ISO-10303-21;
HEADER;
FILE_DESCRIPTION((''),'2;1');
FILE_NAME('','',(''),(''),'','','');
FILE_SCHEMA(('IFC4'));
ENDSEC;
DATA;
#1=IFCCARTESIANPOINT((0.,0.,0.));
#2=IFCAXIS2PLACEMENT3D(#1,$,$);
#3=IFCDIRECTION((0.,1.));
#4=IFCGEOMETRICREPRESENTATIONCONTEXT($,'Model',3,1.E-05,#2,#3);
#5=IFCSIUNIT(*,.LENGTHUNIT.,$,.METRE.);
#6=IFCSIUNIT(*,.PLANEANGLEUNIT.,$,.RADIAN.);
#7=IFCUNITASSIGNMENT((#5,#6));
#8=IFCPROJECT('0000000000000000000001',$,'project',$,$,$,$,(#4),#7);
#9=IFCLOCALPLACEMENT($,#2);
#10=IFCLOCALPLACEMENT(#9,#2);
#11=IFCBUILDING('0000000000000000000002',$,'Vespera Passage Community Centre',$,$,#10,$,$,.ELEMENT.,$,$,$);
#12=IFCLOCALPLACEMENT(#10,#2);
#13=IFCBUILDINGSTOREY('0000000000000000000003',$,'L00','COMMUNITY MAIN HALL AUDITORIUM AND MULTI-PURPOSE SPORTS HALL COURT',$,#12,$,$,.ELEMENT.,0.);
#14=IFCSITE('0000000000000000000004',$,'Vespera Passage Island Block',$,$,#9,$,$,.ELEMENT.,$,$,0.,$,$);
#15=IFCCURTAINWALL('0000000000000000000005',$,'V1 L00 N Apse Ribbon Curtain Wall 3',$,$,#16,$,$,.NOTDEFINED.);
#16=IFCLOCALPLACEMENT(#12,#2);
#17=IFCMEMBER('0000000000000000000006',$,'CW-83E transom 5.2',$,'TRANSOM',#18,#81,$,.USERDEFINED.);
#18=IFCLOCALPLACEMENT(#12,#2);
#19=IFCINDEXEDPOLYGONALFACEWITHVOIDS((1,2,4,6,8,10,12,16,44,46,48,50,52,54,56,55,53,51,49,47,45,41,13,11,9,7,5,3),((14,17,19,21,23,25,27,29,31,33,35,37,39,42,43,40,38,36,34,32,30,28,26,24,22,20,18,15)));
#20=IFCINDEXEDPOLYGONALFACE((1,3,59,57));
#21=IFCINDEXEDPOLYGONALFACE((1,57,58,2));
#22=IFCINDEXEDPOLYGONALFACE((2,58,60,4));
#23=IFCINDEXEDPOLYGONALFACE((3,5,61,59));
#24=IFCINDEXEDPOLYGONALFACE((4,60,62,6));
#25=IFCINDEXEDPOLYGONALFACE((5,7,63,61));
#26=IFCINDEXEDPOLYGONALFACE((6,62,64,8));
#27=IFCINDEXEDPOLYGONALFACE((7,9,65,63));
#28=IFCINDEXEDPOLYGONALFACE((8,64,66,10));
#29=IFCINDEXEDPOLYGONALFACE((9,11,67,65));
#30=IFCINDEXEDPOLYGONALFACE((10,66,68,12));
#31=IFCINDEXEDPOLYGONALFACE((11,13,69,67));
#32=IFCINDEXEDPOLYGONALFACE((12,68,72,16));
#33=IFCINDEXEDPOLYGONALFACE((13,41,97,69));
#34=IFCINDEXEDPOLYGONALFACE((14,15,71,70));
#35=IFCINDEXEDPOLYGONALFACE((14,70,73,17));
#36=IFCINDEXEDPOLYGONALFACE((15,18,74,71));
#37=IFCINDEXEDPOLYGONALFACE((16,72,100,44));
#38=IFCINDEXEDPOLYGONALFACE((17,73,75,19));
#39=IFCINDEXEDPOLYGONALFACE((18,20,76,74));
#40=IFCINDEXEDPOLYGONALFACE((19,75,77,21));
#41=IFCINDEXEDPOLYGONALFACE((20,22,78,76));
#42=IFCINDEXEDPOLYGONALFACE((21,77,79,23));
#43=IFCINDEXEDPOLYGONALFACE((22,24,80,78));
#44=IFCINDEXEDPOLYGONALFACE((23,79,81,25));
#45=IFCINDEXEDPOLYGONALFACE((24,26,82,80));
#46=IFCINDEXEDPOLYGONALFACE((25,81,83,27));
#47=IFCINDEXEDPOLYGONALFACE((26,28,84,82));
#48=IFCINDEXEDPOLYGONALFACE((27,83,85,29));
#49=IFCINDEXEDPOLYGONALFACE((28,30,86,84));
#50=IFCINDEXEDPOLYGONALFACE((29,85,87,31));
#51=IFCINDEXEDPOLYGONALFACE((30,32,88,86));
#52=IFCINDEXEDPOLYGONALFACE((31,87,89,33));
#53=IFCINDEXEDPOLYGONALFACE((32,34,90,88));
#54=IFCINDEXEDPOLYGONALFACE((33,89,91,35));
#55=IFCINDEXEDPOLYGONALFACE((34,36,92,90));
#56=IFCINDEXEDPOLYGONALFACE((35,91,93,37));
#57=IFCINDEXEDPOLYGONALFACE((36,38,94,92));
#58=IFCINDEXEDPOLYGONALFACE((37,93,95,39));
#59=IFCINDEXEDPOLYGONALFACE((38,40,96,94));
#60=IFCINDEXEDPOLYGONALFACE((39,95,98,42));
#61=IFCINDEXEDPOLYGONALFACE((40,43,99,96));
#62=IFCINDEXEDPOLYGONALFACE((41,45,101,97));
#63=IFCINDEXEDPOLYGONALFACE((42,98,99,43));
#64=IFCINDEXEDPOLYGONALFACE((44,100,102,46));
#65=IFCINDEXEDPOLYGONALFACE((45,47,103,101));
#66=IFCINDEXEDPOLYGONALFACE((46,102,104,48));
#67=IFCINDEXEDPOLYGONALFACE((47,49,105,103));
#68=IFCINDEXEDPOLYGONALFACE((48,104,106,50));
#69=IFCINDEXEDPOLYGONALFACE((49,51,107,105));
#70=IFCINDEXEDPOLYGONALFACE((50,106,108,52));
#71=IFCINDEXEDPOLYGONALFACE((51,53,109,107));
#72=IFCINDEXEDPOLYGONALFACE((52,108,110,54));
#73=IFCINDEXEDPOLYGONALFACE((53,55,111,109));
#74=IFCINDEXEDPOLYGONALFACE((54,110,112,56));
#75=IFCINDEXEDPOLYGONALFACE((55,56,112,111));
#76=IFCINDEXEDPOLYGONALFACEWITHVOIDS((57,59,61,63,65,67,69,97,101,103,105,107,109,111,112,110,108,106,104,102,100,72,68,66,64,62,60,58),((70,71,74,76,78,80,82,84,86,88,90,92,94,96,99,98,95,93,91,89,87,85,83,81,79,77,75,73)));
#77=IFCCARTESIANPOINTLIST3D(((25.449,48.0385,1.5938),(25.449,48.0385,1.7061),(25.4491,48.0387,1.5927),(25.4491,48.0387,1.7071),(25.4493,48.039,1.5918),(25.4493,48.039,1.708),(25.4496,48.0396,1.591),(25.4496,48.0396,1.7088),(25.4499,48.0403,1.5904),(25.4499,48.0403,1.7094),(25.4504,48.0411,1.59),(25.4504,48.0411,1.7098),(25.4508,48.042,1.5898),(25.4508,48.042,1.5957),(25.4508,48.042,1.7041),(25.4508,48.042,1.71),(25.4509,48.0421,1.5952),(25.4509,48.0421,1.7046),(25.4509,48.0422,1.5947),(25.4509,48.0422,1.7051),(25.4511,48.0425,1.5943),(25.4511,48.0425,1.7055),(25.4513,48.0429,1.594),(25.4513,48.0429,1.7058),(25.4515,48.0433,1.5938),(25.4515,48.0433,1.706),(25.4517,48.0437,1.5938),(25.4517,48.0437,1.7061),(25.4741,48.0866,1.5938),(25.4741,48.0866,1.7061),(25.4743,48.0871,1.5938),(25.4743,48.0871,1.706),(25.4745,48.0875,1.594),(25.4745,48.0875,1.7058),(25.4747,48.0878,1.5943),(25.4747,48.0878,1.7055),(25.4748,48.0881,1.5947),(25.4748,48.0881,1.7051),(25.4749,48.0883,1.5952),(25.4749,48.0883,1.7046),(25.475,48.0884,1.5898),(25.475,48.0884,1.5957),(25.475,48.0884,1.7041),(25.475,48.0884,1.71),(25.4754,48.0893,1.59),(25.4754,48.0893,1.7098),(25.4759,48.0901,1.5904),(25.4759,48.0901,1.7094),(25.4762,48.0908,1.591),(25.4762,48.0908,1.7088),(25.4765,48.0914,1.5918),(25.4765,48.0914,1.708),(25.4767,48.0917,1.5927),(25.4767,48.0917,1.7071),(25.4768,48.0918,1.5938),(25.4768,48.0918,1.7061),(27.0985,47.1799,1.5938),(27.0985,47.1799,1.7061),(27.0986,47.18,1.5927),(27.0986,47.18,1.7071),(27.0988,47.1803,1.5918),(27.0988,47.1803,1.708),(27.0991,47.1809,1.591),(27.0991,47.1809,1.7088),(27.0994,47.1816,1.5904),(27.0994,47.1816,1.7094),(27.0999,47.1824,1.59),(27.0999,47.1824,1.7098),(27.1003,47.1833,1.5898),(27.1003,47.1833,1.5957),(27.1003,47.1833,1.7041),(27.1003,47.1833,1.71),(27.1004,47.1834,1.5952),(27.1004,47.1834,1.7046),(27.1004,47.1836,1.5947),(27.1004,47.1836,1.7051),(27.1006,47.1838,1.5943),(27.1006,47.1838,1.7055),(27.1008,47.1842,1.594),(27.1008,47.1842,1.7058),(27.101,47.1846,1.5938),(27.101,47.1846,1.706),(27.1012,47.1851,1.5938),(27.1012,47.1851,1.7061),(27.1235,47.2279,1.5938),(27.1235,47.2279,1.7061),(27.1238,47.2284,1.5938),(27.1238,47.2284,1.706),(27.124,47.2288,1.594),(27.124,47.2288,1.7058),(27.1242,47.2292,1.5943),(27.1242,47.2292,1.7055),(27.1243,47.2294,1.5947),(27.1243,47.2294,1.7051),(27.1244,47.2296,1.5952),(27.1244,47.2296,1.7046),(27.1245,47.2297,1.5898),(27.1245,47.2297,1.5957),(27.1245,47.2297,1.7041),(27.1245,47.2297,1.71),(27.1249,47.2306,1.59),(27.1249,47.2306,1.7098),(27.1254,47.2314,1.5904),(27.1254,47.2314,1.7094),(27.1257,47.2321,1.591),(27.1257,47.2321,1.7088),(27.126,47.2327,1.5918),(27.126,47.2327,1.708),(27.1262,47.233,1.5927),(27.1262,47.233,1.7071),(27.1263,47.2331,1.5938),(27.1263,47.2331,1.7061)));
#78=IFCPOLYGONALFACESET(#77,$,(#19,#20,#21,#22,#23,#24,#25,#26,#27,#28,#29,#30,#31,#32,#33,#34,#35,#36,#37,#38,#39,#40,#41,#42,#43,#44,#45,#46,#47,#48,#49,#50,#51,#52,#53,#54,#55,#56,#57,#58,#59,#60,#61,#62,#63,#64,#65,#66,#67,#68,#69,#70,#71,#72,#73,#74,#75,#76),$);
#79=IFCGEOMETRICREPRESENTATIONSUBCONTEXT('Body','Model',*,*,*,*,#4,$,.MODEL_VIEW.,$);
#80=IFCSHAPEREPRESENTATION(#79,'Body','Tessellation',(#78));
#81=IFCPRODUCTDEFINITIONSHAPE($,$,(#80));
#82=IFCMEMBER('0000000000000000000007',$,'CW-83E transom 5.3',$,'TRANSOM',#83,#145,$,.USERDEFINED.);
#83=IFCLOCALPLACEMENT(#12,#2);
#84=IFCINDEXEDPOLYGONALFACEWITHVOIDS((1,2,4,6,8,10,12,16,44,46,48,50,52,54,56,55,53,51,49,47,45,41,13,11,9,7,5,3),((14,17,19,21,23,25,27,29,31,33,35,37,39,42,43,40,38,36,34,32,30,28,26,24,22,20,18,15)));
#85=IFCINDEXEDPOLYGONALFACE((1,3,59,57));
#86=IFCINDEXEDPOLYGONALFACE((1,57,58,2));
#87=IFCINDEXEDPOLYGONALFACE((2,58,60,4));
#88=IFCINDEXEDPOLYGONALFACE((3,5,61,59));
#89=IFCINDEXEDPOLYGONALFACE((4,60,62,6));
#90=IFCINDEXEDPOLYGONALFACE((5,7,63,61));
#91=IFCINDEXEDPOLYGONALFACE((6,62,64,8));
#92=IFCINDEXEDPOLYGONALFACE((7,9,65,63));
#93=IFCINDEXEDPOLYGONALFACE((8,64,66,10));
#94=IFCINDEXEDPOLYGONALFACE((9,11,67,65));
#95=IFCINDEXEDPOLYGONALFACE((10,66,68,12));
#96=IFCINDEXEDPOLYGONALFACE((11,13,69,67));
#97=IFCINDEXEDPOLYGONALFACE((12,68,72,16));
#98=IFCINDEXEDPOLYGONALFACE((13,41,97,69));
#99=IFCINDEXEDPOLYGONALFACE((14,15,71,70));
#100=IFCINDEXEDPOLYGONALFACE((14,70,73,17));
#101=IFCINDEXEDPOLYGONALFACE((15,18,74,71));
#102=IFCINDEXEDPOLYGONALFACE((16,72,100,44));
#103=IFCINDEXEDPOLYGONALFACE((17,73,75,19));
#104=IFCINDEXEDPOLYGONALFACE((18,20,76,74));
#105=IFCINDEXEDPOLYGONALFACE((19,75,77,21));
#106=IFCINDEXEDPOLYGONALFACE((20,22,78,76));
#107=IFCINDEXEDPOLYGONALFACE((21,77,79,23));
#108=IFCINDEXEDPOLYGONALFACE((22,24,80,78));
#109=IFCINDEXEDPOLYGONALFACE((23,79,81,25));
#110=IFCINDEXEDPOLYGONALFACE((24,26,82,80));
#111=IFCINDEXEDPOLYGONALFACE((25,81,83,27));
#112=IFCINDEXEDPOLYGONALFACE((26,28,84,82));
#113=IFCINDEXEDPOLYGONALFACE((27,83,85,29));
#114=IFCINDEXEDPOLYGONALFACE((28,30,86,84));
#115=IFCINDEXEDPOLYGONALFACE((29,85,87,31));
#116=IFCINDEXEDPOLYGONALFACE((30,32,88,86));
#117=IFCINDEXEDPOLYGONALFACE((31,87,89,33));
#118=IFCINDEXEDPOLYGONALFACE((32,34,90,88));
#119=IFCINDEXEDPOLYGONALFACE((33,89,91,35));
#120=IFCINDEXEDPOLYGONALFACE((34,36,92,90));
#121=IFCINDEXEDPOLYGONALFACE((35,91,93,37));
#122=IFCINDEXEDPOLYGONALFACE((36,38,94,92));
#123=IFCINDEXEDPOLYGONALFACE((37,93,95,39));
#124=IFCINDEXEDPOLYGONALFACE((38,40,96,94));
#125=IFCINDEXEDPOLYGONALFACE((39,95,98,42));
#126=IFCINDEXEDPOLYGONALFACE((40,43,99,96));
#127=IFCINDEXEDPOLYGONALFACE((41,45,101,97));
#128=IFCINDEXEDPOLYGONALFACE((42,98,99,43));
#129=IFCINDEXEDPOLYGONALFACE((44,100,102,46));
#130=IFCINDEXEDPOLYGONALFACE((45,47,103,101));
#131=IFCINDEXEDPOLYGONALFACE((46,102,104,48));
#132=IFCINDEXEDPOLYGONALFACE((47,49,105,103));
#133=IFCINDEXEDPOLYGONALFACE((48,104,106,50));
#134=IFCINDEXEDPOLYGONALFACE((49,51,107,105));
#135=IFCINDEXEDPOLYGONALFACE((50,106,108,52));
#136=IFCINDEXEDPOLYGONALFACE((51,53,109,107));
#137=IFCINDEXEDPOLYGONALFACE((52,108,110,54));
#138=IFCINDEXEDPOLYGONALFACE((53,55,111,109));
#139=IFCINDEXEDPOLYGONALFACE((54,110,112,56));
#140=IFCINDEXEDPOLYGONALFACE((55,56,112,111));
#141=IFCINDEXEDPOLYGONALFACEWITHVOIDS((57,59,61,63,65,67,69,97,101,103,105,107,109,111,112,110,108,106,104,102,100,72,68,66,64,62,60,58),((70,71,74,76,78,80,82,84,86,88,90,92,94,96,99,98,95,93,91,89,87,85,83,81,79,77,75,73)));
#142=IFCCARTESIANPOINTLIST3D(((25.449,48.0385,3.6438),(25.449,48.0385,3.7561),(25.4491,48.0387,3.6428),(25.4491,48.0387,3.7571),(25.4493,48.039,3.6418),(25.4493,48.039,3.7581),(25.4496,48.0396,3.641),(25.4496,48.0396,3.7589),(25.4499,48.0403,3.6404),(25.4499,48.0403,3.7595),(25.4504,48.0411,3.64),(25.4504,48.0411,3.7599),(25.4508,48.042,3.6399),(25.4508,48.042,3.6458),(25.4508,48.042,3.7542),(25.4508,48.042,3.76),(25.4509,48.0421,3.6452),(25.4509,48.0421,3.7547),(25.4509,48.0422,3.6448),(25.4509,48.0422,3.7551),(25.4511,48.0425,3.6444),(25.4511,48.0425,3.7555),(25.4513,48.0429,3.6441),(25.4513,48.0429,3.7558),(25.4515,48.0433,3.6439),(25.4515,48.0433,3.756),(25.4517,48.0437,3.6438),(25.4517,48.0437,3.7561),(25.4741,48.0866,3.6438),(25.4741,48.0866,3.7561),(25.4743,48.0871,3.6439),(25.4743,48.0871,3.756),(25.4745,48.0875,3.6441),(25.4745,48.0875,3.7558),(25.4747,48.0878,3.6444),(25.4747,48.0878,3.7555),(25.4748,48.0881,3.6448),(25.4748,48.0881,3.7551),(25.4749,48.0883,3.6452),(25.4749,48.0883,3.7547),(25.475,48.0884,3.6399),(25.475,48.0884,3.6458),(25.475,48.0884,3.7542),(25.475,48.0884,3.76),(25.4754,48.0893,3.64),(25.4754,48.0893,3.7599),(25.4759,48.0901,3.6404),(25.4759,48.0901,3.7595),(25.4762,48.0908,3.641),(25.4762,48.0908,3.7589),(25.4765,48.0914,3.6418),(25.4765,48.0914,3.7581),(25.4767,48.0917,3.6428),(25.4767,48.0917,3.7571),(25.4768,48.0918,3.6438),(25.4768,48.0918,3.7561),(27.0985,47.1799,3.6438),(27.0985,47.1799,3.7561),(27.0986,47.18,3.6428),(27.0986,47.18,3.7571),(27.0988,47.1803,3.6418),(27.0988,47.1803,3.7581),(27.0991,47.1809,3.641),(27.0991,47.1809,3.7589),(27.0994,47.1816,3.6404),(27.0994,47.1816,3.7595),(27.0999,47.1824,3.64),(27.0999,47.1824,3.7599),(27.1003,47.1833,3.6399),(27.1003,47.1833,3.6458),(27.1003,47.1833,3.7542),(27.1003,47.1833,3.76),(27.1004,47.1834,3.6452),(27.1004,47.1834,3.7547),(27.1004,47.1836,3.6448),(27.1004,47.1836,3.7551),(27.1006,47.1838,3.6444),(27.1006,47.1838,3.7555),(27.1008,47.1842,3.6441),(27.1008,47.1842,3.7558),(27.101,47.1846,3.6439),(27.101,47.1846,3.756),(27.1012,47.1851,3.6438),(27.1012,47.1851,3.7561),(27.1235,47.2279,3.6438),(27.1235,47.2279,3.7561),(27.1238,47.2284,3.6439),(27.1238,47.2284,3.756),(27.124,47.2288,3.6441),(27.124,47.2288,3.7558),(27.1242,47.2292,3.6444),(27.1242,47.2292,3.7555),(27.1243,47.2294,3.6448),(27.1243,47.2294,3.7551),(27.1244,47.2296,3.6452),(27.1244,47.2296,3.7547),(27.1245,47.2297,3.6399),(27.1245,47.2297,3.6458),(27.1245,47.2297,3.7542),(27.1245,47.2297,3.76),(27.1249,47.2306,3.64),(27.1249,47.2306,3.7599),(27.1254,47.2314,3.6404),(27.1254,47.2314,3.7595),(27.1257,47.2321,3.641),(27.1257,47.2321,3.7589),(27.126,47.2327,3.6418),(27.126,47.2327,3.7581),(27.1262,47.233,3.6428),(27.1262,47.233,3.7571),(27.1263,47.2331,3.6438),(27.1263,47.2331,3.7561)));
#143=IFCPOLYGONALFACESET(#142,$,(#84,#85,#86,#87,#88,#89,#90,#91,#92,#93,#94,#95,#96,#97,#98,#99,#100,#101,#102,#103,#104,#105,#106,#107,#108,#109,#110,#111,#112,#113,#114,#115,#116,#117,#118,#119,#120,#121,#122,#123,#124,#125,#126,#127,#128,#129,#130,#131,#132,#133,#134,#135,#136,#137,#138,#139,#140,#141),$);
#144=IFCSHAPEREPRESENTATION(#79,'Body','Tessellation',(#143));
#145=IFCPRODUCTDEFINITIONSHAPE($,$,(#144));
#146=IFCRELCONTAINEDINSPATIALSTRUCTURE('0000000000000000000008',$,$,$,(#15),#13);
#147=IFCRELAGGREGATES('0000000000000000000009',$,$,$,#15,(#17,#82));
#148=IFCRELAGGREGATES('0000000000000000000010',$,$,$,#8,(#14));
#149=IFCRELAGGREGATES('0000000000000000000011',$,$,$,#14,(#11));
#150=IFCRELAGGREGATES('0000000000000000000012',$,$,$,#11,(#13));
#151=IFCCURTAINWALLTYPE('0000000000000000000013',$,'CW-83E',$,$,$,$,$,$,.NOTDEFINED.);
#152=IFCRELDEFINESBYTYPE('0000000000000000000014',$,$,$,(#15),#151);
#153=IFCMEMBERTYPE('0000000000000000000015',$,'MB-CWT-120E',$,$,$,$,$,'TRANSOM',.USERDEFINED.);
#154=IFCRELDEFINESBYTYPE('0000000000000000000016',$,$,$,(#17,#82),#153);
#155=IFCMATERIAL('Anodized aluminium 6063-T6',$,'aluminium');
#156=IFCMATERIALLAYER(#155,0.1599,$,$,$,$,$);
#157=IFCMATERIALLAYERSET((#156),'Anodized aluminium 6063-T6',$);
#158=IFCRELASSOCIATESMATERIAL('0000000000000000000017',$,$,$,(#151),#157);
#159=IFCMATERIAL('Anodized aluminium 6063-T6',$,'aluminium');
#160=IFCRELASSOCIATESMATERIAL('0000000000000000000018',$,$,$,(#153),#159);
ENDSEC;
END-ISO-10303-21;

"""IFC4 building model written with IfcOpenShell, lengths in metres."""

from ifc_helpers import new_model, si_unit, direction, frame, origin, origin_2d, place, context, subcontext, project, spatial, hollow_rectangle, extrude, material, layer, layer_set, material_profile, profile_set, type_object, element, aggregate, save


model = new_model("IFC4")

# Units and contexts
model_context = context("Model", 3, precision=1e-05, world=origin(), true_north=direction((0.0, 1.0)))
body_context = subcontext(model_context, "Body", "Model", "MODEL_VIEW")
ifc_project = project(units=[si_unit("LENGTHUNIT", "METRE"), si_unit("PLANEANGLEUNIT", "RADIAN")], contexts=[model_context])

# Site, building, storey
site_placement = place(None, origin())
site = spatial("IfcSite", under=ifc_project, at=site_placement, Name="Vespera Passage Island Block", CompositionType="ELEMENT", RefElevation=0.0)
building_placement = place(site_placement, origin())
building = spatial("IfcBuilding", under=site, at=building_placement, Name="Vespera Passage Community Centre", CompositionType="ELEMENT")
storey_placement = place(building_placement, origin())
storey = spatial("IfcBuildingStorey", under=building, at=storey_placement, Name="L00", Description="COMMUNITY MAIN HALL AUDITORIUM AND MULTI-PURPOSE SPORTS HALL COURT", CompositionType="ELEMENT", Elevation=0.0)

# Curtain wall, members
ifc_material_1 = material(Name="Anodized aluminium 6063-T6", Category="aluminium")
ifc_layer_1 = layer(ifc_material_1, 0.1599)
ifc_layer_set_1 = layer_set([ifc_layer_1], Name="Anodized aluminium 6063-T6")
curtain_wall_type = type_object("IfcCurtainWallType", Name="CW-83E", PredefinedType="NOTDEFINED", material=ifc_layer_set_1)
curtain_wall_placement = place(storey_placement, origin())
curtain_wall = element("IfcCurtainWall", 1, at=curtain_wall_placement, inside=storey, type_object=curtain_wall_type, Name="V1 L00 N Apse Ribbon Curtain Wall 3", PredefinedType="NOTDEFINED")
ifc_material_2 = material(Name="Anodized aluminium 6063-T6", Category="aluminium")
ifc_material_profile_1 = material_profile(ifc_material_2, hollow_rectangle(XDim=0.0601, YDim=0.1201, WallThickness=0.0039, InnerFilletRadius=0.002, OuterFilletRadius=0.0039, at=origin_2d()), Name="ALU120X60X4")
ifc_profile_set_1 = profile_set([ifc_material_profile_1], Name="Anodized aluminium 6063-T6")
member_type_1 = type_object("IfcMemberType", Name="MB-CWT-120E", ElementType="TRANSOM", PredefinedType="USERDEFINED", material=ifc_profile_set_1)
member_1_placement = place(storey_placement, frame((25.4629, 48.0652, 1.6499), z_axis=(0.887008, -0.461754, 0.0), x_axis=(0.461754, 0.887008, 0.0)))
member_1 = element("IfcMember", 2, at=member_1_placement, type_object=member_type_1, Name="CW-83E transom 5.2", ObjectType="TRANSOM", PredefinedType="USERDEFINED", context=body_context, shape_type="SweptSolid", body=[
    extrude(hollow_rectangle(XDim=0.0601, YDim=0.1201, WallThickness=0.0039, InnerFilletRadius=0.002, OuterFilletRadius=0.0039, at=origin_2d()), origin(), (0.0, 0.0, 1.0), 1.8596),
])
member_2_placement = place(storey_placement, frame((25.4629, 48.0652, 3.7), z_axis=(0.887008, -0.461754, 0.0), x_axis=(0.461754, 0.887008, 0.0)))
member_2 = element("IfcMember", 3, at=member_2_placement, type_object=member_type_1, Name="CW-83E transom 5.3", ObjectType="TRANSOM", PredefinedType="USERDEFINED", context=body_context, shape_type="SweptSolid", body=[
    extrude(hollow_rectangle(XDim=0.0601, YDim=0.1201, WallThickness=0.0039, InnerFilletRadius=0.002, OuterFilletRadius=0.0039, at=origin_2d()), origin(), (0.0, 0.0, 1.0), 1.8596),
])
aggregate(curtain_wall, [member_1, member_2])

save(model, "model.ifc")
